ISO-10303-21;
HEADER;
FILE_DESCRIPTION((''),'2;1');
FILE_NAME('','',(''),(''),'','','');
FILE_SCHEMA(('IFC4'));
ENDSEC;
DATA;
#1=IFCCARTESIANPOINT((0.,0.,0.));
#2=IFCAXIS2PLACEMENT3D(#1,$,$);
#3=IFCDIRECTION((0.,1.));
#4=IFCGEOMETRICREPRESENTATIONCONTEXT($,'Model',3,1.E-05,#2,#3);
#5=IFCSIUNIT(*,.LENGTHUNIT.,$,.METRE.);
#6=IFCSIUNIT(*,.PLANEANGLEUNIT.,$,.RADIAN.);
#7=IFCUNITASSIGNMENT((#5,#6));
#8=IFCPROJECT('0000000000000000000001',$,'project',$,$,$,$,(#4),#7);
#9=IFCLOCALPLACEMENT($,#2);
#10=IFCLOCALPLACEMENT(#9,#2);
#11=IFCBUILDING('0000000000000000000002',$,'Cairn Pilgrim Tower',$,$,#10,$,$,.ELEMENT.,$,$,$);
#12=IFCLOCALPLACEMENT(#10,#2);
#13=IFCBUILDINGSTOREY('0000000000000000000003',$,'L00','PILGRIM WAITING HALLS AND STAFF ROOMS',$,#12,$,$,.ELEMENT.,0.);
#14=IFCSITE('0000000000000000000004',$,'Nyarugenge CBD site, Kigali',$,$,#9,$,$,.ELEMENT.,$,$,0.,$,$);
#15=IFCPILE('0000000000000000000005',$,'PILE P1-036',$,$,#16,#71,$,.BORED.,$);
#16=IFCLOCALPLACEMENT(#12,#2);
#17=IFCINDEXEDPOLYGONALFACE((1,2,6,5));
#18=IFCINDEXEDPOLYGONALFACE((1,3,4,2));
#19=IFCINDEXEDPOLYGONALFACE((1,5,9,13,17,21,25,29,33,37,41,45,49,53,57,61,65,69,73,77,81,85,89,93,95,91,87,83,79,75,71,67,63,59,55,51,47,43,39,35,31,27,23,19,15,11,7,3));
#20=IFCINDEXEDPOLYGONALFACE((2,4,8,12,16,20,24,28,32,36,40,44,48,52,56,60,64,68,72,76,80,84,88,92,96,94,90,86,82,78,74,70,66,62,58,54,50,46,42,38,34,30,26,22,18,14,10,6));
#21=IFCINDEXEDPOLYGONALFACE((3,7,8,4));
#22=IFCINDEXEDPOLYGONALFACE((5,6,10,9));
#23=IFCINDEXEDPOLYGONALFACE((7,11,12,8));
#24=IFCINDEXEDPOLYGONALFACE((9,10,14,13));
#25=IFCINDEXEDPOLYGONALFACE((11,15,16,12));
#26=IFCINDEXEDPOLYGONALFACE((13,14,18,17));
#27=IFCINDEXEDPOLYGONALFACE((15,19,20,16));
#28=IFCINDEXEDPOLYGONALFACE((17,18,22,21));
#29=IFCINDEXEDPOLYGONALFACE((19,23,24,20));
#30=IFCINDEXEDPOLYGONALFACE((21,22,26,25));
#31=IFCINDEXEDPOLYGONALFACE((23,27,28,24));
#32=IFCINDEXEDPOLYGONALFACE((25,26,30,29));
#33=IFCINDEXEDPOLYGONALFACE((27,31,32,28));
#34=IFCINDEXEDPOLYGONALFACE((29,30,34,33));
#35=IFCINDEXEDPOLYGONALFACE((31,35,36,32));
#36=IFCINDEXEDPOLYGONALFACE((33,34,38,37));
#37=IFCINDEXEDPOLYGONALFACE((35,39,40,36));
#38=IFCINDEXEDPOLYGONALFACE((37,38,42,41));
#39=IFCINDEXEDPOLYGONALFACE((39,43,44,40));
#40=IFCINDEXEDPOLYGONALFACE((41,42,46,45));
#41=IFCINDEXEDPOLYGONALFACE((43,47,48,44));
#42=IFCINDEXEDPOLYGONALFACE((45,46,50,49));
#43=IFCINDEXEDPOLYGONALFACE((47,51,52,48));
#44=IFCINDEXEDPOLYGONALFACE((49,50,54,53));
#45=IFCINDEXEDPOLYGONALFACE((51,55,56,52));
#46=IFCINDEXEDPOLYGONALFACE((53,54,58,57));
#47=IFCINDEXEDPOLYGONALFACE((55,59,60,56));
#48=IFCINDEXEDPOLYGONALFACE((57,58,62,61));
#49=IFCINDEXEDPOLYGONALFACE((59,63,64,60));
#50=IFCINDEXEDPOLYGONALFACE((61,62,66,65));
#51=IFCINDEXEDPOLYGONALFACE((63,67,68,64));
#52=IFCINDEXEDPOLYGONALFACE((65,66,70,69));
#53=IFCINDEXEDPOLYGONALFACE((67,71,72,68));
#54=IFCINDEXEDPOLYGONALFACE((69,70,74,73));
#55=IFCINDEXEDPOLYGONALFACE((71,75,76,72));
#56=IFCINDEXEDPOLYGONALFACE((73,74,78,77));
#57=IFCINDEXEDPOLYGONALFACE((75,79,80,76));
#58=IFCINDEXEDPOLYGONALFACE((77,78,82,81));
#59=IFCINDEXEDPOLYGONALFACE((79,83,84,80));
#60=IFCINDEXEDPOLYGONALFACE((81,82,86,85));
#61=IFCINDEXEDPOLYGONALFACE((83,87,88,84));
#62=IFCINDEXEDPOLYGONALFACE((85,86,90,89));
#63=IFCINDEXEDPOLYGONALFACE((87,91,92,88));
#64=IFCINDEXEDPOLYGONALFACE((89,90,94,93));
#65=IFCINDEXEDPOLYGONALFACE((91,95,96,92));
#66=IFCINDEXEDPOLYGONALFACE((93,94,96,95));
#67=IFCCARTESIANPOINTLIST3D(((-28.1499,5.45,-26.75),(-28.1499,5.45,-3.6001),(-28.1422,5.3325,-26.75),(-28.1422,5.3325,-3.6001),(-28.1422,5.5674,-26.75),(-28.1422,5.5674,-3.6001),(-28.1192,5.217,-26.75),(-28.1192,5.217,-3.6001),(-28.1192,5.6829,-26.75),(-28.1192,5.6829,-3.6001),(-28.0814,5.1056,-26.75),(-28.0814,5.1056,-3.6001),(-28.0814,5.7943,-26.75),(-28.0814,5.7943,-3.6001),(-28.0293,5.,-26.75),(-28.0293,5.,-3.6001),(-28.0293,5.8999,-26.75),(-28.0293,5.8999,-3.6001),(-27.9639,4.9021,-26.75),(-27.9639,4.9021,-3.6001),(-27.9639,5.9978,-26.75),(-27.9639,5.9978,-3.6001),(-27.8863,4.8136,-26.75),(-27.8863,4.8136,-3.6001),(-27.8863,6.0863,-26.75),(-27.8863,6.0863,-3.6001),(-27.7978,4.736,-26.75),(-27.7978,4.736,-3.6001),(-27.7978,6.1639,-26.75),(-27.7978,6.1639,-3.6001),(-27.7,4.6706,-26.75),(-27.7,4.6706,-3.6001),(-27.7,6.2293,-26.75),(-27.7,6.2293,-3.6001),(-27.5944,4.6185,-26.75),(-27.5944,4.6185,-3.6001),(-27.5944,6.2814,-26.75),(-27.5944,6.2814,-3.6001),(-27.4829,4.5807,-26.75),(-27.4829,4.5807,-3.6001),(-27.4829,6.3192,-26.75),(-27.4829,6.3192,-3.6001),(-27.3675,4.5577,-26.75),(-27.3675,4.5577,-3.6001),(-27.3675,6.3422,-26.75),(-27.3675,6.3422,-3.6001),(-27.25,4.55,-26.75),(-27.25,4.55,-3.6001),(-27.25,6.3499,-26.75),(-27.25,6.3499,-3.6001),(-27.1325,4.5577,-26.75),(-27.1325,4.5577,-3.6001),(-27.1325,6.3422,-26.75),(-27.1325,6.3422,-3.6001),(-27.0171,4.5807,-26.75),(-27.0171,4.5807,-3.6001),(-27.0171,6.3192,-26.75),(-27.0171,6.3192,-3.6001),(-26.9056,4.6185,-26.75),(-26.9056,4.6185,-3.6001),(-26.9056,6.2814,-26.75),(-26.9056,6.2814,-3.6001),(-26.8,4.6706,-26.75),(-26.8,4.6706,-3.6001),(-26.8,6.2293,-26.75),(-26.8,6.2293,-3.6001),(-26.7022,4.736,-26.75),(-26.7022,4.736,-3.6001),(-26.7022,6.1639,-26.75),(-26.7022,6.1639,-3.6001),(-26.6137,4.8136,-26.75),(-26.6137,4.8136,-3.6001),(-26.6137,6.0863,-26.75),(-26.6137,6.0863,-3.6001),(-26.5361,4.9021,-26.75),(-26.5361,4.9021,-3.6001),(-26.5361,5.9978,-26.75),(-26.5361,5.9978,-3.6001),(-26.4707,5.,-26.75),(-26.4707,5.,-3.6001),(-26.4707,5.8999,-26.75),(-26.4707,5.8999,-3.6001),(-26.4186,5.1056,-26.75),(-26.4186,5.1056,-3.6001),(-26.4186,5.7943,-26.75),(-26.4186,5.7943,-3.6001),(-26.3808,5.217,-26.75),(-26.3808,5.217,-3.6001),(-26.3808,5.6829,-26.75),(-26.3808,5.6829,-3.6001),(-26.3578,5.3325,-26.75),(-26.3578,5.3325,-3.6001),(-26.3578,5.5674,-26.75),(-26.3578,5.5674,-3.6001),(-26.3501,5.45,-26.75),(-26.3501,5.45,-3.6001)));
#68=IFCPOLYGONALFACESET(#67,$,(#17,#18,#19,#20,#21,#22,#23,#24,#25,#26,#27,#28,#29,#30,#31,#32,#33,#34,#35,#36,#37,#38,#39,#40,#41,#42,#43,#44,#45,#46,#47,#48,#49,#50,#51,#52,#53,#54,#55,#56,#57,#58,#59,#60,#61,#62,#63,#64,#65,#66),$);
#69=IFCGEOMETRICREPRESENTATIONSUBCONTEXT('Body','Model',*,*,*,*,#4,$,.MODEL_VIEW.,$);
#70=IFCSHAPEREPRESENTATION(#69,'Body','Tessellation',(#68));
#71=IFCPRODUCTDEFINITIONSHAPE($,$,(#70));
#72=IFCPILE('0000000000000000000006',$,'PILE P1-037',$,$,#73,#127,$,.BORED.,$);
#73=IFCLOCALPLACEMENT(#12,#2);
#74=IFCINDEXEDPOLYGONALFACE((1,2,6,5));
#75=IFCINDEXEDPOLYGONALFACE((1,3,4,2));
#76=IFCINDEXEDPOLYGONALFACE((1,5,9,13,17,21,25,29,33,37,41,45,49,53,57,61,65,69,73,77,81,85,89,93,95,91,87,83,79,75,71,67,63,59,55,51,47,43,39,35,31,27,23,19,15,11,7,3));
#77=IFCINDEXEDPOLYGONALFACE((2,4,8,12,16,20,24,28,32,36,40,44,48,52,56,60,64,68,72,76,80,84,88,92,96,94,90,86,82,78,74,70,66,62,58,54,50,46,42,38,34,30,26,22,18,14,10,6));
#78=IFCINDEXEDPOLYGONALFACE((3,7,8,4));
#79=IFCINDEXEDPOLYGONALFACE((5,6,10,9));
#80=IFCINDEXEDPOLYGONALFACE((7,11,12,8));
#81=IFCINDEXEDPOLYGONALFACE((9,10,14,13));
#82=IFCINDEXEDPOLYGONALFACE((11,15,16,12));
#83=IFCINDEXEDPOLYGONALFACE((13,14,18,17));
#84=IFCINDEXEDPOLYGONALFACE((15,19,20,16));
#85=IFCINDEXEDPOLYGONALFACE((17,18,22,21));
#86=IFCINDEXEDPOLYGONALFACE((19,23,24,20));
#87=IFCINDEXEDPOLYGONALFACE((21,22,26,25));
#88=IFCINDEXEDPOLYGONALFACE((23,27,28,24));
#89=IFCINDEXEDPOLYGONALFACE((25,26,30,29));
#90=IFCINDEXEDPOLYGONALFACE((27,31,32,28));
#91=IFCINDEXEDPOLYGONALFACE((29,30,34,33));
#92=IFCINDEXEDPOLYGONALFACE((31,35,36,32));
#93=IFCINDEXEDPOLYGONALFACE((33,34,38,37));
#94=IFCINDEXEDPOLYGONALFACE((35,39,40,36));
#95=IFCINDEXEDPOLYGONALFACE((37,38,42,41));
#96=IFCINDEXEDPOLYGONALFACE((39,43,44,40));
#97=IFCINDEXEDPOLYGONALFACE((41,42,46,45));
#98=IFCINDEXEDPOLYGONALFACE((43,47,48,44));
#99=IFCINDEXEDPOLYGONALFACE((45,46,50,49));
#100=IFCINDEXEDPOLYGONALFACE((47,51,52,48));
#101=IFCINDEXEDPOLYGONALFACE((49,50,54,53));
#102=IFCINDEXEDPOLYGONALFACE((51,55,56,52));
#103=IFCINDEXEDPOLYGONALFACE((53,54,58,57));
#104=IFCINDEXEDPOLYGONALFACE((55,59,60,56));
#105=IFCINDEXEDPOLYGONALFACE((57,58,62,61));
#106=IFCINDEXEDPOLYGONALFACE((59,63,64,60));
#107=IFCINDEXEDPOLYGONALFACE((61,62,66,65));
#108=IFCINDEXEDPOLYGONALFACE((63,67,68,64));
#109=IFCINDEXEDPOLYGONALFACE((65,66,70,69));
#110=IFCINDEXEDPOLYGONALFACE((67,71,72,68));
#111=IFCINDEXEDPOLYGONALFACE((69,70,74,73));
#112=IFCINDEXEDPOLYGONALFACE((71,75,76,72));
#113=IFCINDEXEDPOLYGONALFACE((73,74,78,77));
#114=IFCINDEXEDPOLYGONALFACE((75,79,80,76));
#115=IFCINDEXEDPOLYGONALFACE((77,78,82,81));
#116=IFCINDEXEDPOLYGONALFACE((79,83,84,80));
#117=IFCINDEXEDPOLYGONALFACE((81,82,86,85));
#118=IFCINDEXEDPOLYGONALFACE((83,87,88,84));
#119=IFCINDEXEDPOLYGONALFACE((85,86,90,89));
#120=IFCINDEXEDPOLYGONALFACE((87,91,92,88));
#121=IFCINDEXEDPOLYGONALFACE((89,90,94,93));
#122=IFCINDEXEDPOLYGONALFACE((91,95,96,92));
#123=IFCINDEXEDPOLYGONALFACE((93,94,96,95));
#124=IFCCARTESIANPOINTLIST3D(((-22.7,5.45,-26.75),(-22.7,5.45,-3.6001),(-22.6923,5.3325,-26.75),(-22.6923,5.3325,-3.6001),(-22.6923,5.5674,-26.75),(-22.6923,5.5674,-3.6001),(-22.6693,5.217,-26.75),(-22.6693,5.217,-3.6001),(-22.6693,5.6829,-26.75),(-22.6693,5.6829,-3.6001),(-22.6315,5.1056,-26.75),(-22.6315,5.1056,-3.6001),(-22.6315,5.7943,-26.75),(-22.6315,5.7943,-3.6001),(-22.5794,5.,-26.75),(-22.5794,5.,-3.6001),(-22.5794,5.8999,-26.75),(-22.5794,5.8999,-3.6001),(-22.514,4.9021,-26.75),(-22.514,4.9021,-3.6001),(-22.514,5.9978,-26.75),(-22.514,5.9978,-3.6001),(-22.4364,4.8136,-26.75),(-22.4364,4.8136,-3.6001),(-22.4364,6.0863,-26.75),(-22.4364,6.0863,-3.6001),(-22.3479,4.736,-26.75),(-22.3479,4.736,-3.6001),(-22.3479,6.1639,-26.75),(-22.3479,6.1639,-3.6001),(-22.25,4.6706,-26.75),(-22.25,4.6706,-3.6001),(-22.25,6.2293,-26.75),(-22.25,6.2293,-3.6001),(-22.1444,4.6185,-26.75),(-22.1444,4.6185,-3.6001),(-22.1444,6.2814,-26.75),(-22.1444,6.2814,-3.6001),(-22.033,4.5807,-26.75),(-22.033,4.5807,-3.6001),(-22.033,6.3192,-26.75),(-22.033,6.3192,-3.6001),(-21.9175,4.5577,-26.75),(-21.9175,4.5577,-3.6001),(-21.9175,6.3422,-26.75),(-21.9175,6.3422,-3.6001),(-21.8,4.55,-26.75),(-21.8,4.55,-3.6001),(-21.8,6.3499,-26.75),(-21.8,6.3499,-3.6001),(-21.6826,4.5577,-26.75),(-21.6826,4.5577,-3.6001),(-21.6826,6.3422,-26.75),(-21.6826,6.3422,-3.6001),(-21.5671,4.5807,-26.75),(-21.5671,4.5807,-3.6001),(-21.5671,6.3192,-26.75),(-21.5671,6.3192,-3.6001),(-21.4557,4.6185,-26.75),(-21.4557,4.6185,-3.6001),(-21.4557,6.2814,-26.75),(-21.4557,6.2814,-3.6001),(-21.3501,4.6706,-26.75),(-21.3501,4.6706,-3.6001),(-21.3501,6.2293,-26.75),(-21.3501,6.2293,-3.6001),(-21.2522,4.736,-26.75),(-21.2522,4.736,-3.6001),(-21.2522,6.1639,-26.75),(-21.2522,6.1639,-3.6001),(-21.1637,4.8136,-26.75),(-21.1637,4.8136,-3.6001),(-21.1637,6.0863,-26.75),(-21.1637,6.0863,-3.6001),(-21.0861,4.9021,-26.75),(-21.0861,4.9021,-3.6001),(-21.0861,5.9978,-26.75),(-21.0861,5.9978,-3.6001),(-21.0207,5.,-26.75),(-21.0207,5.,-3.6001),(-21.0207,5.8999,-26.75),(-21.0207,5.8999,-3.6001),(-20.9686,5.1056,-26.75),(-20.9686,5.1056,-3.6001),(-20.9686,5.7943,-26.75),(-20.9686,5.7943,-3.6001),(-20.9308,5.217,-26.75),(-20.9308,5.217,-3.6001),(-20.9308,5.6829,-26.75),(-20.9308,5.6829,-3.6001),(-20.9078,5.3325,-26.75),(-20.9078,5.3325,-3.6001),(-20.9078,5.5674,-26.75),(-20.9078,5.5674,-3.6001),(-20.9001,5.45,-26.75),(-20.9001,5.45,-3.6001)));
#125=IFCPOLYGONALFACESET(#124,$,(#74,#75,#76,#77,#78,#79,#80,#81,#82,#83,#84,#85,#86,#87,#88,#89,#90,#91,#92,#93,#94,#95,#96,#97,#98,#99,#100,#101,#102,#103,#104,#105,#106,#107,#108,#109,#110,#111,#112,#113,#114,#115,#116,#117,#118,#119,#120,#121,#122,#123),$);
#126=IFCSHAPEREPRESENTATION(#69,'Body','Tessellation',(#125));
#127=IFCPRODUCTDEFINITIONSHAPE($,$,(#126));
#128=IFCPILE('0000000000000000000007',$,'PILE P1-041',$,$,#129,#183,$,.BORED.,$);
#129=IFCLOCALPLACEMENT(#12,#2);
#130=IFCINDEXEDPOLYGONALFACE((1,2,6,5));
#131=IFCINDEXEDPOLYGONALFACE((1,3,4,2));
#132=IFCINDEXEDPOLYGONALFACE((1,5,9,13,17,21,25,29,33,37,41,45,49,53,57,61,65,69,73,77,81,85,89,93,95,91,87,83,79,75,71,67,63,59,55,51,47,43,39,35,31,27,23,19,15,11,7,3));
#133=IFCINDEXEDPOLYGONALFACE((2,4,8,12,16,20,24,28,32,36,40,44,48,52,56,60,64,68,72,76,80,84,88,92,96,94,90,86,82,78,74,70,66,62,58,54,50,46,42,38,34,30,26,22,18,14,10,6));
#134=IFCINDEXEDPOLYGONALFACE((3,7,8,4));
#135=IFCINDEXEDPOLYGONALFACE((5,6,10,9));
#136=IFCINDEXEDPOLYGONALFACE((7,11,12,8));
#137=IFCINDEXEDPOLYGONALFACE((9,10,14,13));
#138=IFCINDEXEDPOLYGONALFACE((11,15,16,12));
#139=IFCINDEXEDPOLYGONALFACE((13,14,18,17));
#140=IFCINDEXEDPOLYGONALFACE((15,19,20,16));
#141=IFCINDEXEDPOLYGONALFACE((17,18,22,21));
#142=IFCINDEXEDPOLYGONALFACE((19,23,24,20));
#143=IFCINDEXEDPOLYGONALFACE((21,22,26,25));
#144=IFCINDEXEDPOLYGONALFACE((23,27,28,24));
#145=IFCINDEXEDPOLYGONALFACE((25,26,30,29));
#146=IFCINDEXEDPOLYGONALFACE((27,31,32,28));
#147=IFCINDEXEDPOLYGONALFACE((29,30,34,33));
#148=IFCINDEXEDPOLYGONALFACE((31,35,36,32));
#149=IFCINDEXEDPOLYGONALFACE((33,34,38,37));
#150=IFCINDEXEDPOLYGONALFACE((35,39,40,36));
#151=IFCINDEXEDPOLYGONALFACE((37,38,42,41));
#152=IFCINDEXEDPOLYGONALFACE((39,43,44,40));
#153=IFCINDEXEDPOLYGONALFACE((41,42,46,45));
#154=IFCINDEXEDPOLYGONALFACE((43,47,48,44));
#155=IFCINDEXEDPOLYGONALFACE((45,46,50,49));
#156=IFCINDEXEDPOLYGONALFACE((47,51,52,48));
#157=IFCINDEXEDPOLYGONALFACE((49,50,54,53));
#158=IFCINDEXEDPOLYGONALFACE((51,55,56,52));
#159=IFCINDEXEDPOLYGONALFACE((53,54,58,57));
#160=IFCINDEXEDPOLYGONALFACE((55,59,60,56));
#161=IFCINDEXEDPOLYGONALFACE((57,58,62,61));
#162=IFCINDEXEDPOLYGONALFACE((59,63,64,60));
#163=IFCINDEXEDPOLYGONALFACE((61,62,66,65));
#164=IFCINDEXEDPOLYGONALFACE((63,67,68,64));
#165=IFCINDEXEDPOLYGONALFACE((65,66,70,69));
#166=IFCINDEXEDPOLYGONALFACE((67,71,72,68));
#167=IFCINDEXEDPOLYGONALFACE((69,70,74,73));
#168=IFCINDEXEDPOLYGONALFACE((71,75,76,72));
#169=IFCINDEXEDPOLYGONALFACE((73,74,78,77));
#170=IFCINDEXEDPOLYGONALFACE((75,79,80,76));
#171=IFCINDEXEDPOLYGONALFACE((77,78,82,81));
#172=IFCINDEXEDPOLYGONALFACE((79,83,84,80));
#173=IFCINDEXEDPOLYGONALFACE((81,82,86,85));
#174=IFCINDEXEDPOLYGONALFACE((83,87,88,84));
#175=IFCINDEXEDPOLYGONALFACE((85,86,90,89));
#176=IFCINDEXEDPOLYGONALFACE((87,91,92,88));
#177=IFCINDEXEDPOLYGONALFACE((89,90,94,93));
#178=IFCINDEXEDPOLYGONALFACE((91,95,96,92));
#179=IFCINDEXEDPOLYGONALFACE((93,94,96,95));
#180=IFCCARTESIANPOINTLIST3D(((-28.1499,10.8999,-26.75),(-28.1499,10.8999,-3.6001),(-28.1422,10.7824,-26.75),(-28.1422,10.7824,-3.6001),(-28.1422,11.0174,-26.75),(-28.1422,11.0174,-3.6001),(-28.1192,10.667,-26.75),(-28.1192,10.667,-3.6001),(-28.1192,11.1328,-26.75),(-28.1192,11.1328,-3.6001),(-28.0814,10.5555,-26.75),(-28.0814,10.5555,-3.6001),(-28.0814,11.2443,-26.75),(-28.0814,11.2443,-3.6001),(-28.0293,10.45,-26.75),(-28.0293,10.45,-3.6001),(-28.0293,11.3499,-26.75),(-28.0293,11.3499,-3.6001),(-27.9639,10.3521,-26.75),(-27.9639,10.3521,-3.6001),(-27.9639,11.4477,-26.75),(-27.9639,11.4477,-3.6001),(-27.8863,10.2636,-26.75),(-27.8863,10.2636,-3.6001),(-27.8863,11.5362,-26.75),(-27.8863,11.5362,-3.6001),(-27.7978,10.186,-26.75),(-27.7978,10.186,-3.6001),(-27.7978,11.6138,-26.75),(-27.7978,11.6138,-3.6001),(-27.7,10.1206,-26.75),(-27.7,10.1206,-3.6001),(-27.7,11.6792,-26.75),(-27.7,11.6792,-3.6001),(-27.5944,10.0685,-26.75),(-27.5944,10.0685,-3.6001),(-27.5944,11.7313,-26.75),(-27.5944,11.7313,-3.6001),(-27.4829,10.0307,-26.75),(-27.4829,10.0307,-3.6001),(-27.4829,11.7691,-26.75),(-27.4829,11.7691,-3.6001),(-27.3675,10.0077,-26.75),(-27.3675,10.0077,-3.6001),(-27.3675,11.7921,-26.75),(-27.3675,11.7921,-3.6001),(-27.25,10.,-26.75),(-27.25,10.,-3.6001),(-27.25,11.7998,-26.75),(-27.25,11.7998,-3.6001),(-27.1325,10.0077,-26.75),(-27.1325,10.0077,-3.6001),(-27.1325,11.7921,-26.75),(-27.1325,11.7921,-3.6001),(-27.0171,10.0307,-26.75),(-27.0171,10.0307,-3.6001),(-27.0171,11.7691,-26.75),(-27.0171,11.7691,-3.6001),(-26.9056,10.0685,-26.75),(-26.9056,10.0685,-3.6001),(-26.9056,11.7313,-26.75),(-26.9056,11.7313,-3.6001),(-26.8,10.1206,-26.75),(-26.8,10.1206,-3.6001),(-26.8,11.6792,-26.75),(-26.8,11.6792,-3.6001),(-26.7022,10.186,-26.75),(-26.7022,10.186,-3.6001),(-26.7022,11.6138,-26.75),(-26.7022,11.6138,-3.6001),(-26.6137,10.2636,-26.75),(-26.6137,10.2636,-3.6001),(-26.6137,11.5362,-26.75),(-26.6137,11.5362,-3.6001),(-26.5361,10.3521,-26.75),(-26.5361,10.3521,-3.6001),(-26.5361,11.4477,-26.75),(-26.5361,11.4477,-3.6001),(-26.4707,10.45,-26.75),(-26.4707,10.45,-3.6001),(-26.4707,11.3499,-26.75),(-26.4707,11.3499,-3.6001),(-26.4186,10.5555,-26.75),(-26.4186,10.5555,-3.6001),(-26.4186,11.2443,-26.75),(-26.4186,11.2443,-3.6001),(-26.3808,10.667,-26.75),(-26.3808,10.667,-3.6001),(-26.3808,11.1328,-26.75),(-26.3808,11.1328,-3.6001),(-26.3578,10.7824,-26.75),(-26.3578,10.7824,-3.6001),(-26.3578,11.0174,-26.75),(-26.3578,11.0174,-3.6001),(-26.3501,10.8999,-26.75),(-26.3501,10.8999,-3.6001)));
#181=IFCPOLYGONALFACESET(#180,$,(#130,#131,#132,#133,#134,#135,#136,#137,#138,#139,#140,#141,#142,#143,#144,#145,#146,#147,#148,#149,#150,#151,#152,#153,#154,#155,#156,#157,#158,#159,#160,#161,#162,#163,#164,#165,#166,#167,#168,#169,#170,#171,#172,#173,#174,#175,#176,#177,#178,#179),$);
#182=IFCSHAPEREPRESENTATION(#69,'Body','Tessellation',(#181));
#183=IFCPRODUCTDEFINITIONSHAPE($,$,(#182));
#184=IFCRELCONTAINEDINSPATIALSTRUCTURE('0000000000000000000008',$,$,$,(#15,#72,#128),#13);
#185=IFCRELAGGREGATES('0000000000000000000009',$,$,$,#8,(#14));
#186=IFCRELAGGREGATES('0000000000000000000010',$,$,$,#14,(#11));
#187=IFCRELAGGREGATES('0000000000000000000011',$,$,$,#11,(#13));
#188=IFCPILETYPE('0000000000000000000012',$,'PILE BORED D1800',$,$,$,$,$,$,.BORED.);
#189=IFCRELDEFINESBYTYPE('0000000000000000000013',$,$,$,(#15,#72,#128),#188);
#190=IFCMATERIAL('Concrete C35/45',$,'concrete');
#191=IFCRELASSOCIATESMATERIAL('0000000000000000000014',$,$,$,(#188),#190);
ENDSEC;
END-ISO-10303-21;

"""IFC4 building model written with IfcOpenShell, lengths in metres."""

from ifc_helpers import new_model, si_unit, direction, frame, origin, origin_2d, place, context, subcontext, project, spatial, circle, extrude, material, material_profile, profile_set, type_object, element, save


model = new_model("IFC4")

# Units and contexts
model_context = context("Model", 3, precision=1e-05, world=origin(), true_north=direction((0.0, 1.0)))
body_context = subcontext(model_context, "Body", "Model", "MODEL_VIEW")
ifc_project = project(units=[si_unit("LENGTHUNIT", "METRE"), si_unit("PLANEANGLEUNIT", "RADIAN")], contexts=[model_context])

# Site, building, storey
site_placement = place(None, origin())
site = spatial("IfcSite", under=ifc_project, at=site_placement, Name="Nyarugenge CBD site, Kigali", CompositionType="ELEMENT", RefElevation=0.0)
building_placement = place(site_placement, origin())
building = spatial("IfcBuilding", under=site, at=building_placement, Name="Cairn Pilgrim Tower", CompositionType="ELEMENT")
storey_placement = place(building_placement, origin())
storey = spatial("IfcBuildingStorey", under=building, at=storey_placement, Name="L00", Description="PILGRIM WAITING HALLS AND STAFF ROOMS", CompositionType="ELEMENT", Elevation=0.0)

# Piles
ifc_material_1 = material(Name="Concrete C35/45", Category="concrete")
ifc_material_profile_1 = material_profile(ifc_material_1, circle(Radius=0.8999, at=origin_2d()), Name="D1800")
ifc_profile_set_1 = profile_set([ifc_material_profile_1], Name="Concrete C35/45")
pile_type = type_object("IfcPileType", Name="PILE BORED D1800", PredefinedType="BORED", material=ifc_profile_set_1)
for number, where, z_axis, x_axis, name in (
    (1, (-27.25, 5.45, -3.6001), (0.0, 0.0, -1.0), (1.0, 0.0, 0.0), "PILE P1-036"),
    (2, (-21.8, 5.45, -3.6001), (0.0, 0.0, -1.0), (1.0, 0.0, 0.0), "PILE P1-037"),
    (3, (-27.25, 10.8999, -3.6001), (0.0, 0.0, -1.0), (1.0, 0.0, 0.0), "PILE P1-041"),
):
    element("IfcPile", number, at=place(storey_placement, frame(where, z_axis=z_axis, x_axis=x_axis)), inside=storey, type_object=pile_type, Name=name, PredefinedType="BORED", context=body_context, shape_type="SweptSolid", body=[
        extrude(circle(Radius=0.8999, at=origin_2d()), origin(), (0.0, 0.0, 1.0), 23.1499),
    ])

save(model, "model.ifc")
